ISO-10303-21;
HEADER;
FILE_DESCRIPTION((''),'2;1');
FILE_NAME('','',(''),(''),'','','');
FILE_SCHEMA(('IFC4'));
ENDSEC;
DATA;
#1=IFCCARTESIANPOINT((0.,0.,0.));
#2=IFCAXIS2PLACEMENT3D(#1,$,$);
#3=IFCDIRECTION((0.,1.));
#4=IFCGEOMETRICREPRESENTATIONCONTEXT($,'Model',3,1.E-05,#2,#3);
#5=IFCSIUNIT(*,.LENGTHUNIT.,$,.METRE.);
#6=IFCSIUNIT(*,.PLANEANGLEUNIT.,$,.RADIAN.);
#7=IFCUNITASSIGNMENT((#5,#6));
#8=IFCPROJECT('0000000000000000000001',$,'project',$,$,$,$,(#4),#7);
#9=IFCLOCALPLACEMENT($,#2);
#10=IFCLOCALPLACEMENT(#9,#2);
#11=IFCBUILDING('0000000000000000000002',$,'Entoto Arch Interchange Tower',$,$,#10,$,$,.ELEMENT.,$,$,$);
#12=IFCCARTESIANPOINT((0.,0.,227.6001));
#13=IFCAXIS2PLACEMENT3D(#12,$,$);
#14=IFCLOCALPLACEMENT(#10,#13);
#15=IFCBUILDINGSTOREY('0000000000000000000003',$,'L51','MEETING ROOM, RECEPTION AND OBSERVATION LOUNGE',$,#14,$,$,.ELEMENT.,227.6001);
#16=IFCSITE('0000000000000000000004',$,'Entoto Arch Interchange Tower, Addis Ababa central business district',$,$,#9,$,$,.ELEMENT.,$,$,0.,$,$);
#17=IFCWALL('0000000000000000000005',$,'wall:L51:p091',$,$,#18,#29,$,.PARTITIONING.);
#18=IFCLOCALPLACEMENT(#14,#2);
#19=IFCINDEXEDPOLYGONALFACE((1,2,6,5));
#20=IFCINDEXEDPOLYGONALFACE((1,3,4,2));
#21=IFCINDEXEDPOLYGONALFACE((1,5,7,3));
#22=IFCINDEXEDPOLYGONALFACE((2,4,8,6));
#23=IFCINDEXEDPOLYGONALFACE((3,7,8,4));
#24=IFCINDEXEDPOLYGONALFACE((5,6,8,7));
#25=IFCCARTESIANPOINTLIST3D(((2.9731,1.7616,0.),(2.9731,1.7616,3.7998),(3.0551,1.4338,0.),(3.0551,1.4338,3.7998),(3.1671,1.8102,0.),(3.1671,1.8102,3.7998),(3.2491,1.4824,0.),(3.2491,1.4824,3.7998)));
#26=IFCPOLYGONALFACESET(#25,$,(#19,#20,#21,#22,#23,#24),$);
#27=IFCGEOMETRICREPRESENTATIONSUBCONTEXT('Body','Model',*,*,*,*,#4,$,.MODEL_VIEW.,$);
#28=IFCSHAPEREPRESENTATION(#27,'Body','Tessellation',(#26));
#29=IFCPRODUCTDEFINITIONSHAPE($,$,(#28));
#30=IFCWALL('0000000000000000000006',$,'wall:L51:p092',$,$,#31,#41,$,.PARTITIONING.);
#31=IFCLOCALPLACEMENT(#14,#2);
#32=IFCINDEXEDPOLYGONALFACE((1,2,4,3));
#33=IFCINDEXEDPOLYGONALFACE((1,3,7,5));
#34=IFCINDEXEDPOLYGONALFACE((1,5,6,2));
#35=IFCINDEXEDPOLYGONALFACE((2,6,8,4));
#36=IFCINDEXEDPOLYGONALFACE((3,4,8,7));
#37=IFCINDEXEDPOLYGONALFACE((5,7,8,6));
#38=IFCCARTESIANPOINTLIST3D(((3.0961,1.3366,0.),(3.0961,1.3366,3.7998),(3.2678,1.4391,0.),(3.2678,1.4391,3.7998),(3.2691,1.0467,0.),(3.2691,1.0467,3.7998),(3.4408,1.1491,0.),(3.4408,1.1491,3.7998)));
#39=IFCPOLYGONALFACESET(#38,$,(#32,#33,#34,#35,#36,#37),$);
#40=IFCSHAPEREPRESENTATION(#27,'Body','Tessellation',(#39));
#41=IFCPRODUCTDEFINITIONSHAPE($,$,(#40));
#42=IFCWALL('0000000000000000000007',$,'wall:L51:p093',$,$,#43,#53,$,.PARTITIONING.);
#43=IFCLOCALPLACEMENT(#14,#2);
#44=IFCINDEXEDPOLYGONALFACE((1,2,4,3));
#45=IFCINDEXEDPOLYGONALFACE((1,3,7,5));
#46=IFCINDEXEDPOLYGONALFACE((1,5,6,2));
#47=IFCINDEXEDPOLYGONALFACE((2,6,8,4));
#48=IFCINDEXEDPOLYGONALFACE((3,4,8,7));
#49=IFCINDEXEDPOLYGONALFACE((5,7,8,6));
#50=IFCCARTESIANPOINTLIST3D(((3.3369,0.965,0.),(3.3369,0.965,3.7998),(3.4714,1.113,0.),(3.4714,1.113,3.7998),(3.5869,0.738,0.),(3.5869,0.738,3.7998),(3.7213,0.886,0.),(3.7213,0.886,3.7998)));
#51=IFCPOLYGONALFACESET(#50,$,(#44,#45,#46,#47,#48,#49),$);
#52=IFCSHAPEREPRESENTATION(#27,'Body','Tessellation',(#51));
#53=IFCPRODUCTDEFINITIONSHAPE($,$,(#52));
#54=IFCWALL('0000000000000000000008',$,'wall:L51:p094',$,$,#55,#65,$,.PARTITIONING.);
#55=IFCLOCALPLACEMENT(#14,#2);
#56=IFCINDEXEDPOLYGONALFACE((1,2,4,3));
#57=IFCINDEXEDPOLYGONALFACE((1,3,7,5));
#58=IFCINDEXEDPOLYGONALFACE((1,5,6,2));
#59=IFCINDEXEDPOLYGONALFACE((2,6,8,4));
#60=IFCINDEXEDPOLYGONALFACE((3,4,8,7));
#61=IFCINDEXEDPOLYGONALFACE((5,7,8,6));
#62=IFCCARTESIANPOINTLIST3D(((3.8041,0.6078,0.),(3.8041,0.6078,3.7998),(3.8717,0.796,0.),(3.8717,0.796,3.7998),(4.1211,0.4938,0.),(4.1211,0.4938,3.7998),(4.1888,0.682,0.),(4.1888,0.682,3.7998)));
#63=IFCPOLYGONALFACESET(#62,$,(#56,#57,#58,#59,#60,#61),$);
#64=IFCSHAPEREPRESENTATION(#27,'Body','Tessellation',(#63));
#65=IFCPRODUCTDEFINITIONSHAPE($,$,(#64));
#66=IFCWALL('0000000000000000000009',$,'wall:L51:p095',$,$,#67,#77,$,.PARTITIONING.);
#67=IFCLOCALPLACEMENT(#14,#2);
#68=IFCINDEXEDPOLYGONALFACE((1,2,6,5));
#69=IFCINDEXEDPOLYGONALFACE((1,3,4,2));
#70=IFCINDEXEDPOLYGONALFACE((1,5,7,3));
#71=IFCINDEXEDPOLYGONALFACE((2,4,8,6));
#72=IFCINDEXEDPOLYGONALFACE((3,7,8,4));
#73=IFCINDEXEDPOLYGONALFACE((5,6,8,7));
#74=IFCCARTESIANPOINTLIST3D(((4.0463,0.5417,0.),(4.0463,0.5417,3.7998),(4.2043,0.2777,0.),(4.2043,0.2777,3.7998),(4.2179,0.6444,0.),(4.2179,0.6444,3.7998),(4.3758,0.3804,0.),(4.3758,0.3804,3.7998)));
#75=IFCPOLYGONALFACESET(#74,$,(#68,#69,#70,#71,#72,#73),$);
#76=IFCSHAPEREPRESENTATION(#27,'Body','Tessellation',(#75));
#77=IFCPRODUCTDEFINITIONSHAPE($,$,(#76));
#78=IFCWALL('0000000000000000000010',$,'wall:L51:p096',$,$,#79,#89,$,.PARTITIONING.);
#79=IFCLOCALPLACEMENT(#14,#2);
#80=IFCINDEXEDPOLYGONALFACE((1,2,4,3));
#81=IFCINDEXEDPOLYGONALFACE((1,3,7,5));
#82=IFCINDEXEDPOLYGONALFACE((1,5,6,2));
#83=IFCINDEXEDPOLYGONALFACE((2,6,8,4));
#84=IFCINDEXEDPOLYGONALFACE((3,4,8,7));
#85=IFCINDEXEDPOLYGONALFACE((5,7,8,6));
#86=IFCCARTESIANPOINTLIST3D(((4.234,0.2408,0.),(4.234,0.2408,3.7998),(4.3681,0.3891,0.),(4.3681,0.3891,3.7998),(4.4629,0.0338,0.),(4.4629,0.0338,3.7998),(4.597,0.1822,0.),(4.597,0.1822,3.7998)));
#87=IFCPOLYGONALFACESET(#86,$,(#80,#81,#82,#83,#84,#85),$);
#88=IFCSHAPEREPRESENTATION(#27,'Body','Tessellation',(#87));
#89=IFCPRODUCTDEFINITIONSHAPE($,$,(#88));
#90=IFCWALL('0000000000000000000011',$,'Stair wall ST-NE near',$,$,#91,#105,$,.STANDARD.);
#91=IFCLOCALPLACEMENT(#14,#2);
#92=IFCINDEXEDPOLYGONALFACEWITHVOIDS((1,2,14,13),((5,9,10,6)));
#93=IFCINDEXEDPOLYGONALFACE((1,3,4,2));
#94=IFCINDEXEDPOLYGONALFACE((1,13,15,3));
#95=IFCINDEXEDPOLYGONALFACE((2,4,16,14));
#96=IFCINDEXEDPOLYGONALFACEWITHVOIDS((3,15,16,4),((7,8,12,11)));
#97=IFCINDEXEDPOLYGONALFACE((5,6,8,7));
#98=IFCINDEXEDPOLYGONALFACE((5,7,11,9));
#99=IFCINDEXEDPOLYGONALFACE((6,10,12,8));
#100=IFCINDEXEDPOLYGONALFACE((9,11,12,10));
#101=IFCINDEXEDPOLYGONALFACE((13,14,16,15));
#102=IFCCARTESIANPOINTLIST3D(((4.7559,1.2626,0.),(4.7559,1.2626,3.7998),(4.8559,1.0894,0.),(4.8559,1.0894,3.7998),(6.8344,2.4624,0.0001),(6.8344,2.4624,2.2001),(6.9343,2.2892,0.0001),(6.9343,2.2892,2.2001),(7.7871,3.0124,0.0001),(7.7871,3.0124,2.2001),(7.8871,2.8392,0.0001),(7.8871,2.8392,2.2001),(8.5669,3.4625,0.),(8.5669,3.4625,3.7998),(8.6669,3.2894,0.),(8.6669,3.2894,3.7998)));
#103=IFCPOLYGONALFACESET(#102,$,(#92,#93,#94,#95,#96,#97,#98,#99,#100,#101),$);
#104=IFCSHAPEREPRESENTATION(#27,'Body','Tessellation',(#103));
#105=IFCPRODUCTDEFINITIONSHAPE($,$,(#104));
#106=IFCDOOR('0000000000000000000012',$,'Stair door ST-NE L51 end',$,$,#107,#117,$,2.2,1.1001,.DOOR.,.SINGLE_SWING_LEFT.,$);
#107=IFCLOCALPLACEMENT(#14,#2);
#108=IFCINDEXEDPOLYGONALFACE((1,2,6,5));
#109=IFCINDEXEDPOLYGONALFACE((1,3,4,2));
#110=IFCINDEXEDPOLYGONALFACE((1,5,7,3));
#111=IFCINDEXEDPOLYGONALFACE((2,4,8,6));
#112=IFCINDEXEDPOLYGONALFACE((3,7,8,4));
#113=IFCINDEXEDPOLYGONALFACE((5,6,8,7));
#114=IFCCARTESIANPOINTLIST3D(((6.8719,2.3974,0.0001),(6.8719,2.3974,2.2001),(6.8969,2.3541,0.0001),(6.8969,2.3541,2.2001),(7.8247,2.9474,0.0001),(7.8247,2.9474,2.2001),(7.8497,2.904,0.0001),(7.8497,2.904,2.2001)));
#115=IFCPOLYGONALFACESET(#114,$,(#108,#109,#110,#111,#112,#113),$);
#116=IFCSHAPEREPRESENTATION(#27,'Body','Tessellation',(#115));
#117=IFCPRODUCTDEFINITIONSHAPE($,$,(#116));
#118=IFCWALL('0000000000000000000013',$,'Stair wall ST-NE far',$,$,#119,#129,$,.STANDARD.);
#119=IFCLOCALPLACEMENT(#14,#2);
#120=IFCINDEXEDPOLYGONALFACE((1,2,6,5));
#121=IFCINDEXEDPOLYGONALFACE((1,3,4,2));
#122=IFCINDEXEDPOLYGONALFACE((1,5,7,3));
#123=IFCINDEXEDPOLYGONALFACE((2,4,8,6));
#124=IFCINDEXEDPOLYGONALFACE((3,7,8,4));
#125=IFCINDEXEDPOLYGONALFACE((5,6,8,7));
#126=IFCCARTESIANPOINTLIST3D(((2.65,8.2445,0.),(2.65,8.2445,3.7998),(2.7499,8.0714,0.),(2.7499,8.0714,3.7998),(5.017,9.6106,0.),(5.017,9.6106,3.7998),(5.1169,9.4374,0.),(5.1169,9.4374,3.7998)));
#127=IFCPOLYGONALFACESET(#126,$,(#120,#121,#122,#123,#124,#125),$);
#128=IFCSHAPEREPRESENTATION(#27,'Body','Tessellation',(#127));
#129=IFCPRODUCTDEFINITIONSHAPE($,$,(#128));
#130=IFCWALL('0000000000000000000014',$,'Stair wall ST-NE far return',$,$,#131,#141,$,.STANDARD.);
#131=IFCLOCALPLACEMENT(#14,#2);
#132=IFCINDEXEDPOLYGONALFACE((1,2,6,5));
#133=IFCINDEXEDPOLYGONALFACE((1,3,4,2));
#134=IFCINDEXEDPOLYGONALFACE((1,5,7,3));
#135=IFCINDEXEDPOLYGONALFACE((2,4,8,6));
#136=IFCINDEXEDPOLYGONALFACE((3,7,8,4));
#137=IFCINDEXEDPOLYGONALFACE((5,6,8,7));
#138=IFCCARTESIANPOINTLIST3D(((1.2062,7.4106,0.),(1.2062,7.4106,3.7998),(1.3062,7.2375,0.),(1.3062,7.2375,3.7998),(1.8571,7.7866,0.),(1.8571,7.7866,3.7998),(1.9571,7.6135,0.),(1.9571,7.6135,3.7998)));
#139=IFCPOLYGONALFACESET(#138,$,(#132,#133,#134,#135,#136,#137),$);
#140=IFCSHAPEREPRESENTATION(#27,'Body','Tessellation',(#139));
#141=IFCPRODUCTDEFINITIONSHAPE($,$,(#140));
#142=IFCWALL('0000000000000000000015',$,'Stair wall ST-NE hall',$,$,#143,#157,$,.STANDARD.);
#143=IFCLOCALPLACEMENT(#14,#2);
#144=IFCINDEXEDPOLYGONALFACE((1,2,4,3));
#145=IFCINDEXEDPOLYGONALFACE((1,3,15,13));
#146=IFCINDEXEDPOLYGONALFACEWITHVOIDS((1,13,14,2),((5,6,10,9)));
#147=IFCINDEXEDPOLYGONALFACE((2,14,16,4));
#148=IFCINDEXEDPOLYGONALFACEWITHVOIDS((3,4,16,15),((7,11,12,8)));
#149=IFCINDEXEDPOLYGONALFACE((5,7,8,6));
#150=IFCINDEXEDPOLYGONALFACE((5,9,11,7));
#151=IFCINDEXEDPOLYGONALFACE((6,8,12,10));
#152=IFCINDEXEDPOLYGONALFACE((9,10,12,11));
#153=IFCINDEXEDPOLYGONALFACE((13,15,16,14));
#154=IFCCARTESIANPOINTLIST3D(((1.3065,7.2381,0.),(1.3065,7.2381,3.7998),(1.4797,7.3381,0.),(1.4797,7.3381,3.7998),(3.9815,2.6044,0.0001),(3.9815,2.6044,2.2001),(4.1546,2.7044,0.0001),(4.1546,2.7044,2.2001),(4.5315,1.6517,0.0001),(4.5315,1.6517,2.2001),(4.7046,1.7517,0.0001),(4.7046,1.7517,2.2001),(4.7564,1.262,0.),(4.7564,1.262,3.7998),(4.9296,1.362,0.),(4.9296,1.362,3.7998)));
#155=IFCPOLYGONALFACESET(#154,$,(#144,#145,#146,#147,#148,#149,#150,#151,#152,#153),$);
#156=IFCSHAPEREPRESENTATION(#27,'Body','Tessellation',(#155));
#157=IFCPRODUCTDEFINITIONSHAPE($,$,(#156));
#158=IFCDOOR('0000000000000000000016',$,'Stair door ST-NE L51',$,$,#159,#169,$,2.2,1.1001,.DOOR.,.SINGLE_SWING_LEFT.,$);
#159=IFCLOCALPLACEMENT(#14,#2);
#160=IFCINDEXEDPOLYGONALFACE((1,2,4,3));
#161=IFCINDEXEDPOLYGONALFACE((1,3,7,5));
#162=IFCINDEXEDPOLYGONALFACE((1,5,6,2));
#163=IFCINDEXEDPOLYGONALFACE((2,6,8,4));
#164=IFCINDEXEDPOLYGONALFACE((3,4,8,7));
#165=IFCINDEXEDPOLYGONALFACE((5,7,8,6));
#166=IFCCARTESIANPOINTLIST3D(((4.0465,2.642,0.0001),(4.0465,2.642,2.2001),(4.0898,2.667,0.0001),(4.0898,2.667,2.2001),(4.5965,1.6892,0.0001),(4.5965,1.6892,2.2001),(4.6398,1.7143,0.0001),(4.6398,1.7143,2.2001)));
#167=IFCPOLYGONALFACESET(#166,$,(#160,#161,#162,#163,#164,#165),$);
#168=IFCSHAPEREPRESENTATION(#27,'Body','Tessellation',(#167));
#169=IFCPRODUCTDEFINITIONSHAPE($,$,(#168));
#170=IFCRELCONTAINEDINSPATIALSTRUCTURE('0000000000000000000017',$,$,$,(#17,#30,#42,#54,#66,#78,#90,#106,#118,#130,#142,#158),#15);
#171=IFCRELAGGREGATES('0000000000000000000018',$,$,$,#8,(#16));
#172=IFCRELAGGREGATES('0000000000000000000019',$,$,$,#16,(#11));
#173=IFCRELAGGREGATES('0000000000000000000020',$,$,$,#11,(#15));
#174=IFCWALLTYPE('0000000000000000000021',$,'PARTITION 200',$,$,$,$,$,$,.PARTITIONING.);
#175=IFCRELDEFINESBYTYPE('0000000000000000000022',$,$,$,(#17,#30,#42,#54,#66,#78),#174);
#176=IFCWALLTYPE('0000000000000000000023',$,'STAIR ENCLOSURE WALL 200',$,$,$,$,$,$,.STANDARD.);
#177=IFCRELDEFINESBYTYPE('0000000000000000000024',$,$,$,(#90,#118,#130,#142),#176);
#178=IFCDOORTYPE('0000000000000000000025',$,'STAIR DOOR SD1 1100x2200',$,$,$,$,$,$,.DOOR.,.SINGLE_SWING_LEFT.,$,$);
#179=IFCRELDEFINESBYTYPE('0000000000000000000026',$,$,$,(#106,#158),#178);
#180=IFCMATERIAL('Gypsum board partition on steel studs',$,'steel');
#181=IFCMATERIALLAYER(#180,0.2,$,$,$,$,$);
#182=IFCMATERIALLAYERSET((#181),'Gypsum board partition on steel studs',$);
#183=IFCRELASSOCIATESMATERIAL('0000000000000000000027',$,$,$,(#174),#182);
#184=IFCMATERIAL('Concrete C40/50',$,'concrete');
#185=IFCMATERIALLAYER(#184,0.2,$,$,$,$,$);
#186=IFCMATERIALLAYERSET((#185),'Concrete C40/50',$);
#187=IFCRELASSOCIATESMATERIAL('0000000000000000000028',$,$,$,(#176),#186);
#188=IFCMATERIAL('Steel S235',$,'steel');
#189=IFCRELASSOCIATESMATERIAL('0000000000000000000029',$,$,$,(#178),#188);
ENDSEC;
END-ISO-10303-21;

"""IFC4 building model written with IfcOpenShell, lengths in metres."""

from ifc_helpers import new_model, si_unit, direction, frame, frame_2d, origin, place, context, subcontext, project, spatial, rectangle, extrude, material, layer, layer_set, type_object, element, fill, save


model = new_model("IFC4")

# Units and contexts
model_context = context("Model", 3, precision=1e-05, world=origin(), true_north=direction((0.0, 1.0)))
body_context = subcontext(model_context, "Body", "Model", "MODEL_VIEW")
ifc_project = project(units=[si_unit("LENGTHUNIT", "METRE"), si_unit("PLANEANGLEUNIT", "RADIAN")], contexts=[model_context])

# Site, building, storey
site_placement = place(None, origin())
site = spatial("IfcSite", under=ifc_project, at=site_placement, Name="Entoto Arch Interchange Tower, Addis Ababa central business district", CompositionType="ELEMENT", RefElevation=0.0)
building_placement = place(site_placement, origin())
building = spatial("IfcBuilding", under=site, at=building_placement, Name="Entoto Arch Interchange Tower", CompositionType="ELEMENT")
storey_placement = place(building_placement, frame((0.0, 0.0, 227.6001)))
storey = spatial("IfcBuildingStorey", under=building, at=storey_placement, Name="L51", Description="MEETING ROOM, RECEPTION AND OBSERVATION LOUNGE", CompositionType="ELEMENT", Elevation=227.6001)

# Shared definitions
ifc_material_1 = material(Name="Concrete C40/50", Category="concrete")

# Shared definitions
ifc_material_2 = material(Name="Gypsum board partition on steel studs", Category="steel")
ifc_layer_1 = layer(ifc_material_2, 0.2)
ifc_layer_set_1 = layer_set([ifc_layer_1], Name="Gypsum board partition on steel studs")
wall_type_1 = type_object("IfcWallType", Name="PARTITION 200", PredefinedType="PARTITIONING", material=ifc_layer_set_1)

# Walls
wall_1_placement = place(storey_placement, frame((3.0701, 1.7859, 0.0), z_axis=(0.0, 0.0, 1.0), x_axis=(0.242706, -0.9701, 0.0)))
element("IfcWall", 1, at=wall_1_placement, inside=storey, type_object=wall_type_1, Name="wall:L51:p091", PredefinedType="PARTITIONING", context=body_context, shape_type="SweptSolid", body=[
    extrude(rectangle(XDim=0.3379, YDim=0.2, at=frame_2d((0.1689, 0.0))), origin(), (0.0, 0.0, 1.0), 3.7998),
])
for number, where, z_axis, x_axis, name in (
    (2, (3.1819, 1.3879, 0.0), (0.0, 0.0, 1.0), (0.512475, -0.858702, 0.0), "wall:L51:p092"),
    (3, (3.4041, 1.0391, 0.0), (0.0, 0.0, 1.0), (0.740267, -0.672313, 0.0), "wall:L51:p093"),
):
    element("IfcWall", number, at=place(storey_placement, frame(where, z_axis=z_axis, x_axis=x_axis)), inside=storey, type_object=wall_type_1, Name=name, PredefinedType="PARTITIONING", context=body_context, shape_type="SweptSolid", body=[
        extrude(rectangle(XDim=0.3376, YDim=0.2, at=frame_2d((0.1689, 0.0))), origin(), (0.0, 0.0, 1.0), 3.7998),
    ])
wall_2_placement = place(storey_placement, frame((3.8379, 0.7019, 0.0), z_axis=(0.0, 0.0, 1.0), x_axis=(0.941035, -0.338309, 0.0)))
element("IfcWall", 4, at=wall_2_placement, inside=storey, type_object=wall_type_1, Name="wall:L51:p094", PredefinedType="PARTITIONING", context=body_context, shape_type="SweptSolid", body=[
    extrude(rectangle(XDim=0.3369, YDim=0.2, at=frame_2d((0.1685, 0.0))), origin(), (0.0, 0.0, 1.0), 3.7998),
])
wall_3_placement = place(storey_placement, frame((4.1321, 0.593, 0.0), z_axis=(0.0, 0.0, 1.0), x_axis=(0.513562, -0.858053, 0.0)))
element("IfcWall", 5, at=wall_3_placement, inside=storey, type_object=wall_type_1, Name="wall:L51:p095", PredefinedType="PARTITIONING", context=body_context, shape_type="SweptSolid", body=[
    extrude(rectangle(XDim=0.3076, YDim=0.2, at=frame_2d((0.1538, 0.0))), origin(), (0.0, 0.0, 1.0), 3.7998),
])
wall_4_placement = place(storey_placement, frame((4.301, 0.3149, 0.0), z_axis=(0.0, 0.0, 1.0), x_axis=(0.741798, -0.670623, 0.0)))
element("IfcWall", 6, at=wall_4_placement, inside=storey, type_object=wall_type_1, Name="wall:L51:p096", PredefinedType="PARTITIONING", context=body_context, shape_type="SweptSolid", body=[
    extrude(rectangle(XDim=0.3086, YDim=0.2, at=frame_2d((0.1543, 0.0))), origin(), (0.0, 0.0, 1.0), 3.7998),
])

# Wall, opening, door
ifc_layer_2 = layer(ifc_material_1, 0.2)
ifc_layer_set_2 = layer_set([ifc_layer_2], Name="Concrete C40/50")
wall_type_2 = type_object("IfcWallType", Name="STAIR ENCLOSURE WALL 200", PredefinedType="STANDARD", material=ifc_layer_set_2)
wall_5_placement = place(storey_placement, frame((4.8059, 1.176, 0.0), z_axis=(0.0, 0.0, 1.0), x_axis=(0.86606, 0.49994, 0.0)))
wall_5 = element("IfcWall", 7, at=wall_5_placement, inside=storey, type_object=wall_type_2, Name="Stair wall ST-NE near", PredefinedType="STANDARD", context=body_context, shape_type="SweptSolid", body=[
    extrude(rectangle(XDim=4.4004, YDim=0.2, at=frame_2d((2.2002, 0.0))), origin(), (0.0, 0.0, 1.0), 3.7998),
])
opening_1_placement = place(wall_5_placement, frame((2.3999, 0.0, 0.0)))
opening_1 = element("IfcOpeningElement", 8, at=opening_1_placement, cuts=wall_5, PredefinedType="OPENING", context=body_context, shape_type="SweptSolid", body=[
    extrude(rectangle(XDim=1.1001, YDim=2.2, at=frame_2d((0.55, 1.1001))), frame((0.0, 0.1099, 0.0), z_axis=(0.0, -1.0, 0.0), x_axis=(1.0, 0.0, 0.0)), (0.0, 0.0, 1.0), 0.22),
])
ifc_material_3 = material(Name="Steel S235", Category="steel")
door_type_1 = type_object("IfcDoorType", Name="STAIR DOOR SD1 1100x2200", OperationType="SINGLE_SWING_LEFT", PredefinedType="DOOR", material=ifc_material_3)
door_1_placement = place(opening_1_placement, origin())
door_1 = element("IfcDoor", 9, at=door_1_placement, inside=storey, type_object=door_type_1, Name="Stair door ST-NE L51 end", OperationType="SINGLE_SWING_LEFT", OverallHeight=2.2, OverallWidth=1.1001, PredefinedType="DOOR", context=body_context, shape_type="SweptSolid", body=[
    extrude(rectangle(XDim=1.1001, YDim=2.2, at=frame_2d((0.55, 1.1001))), frame((0.0, 0.0249, 0.0), z_axis=(0.0, -1.0, 0.0), x_axis=(1.0, 0.0, 0.0)), (0.0, 0.0, 1.0), 0.05),
])
fill(opening_1, door_1)

# Walls
wall_6_placement = place(storey_placement, frame((2.7, 8.158, 0.0), z_axis=(0.0, 0.0, 1.0), x_axis=(0.866119, 0.499838, 0.0)))
element("IfcWall", 10, at=wall_6_placement, inside=storey, type_object=wall_type_2, Name="Stair wall ST-NE far", PredefinedType="STANDARD", context=body_context, shape_type="SweptSolid", body=[
    extrude(rectangle(XDim=2.7329, YDim=0.2, at=frame_2d((1.3665, 0.0))), origin(), (0.0, 0.0, 1.0), 3.7998),
])
wall_7_placement = place(storey_placement, frame((1.2561, 7.324, 0.0), z_axis=(0.0, 0.0, 1.0), x_axis=(0.865915, 0.500191, 0.0)))
element("IfcWall", 11, at=wall_7_placement, inside=storey, type_object=wall_type_2, Name="Stair wall ST-NE far return", PredefinedType="STANDARD", context=body_context, shape_type="SweptSolid", body=[
    extrude(rectangle(XDim=0.7517, YDim=0.2, at=frame_2d((0.376, 0.0))), origin(), (0.0, 0.0, 1.0), 3.7998),
])

# Wall, opening, door
wall_8_placement = place(storey_placement, frame((4.843, 1.312, 0.0), z_axis=(0.0, 0.0, 1.0), x_axis=(-0.499963, 0.866047, 0.0)))
wall_8 = element("IfcWall", 12, at=wall_8_placement, inside=storey, type_object=wall_type_2, Name="Stair wall ST-NE hall", PredefinedType="STANDARD", context=body_context, shape_type="SweptSolid", body=[
    extrude(rectangle(XDim=6.9004, YDim=0.2, at=frame_2d((3.4502, 0.0))), origin(), (0.0, 0.0, 1.0), 3.7998),
])
opening_2_placement = place(wall_8_placement, frame((0.45, 0.0, 0.0)))
opening_2 = element("IfcOpeningElement", 13, at=opening_2_placement, cuts=wall_8, PredefinedType="OPENING", context=body_context, shape_type="SweptSolid", body=[
    extrude(rectangle(XDim=1.1001, YDim=2.2, at=frame_2d((0.55, 1.1001))), frame((0.0, 0.1099, 0.0), z_axis=(0.0, -1.0, 0.0), x_axis=(1.0, 0.0, 0.0)), (0.0, 0.0, 1.0), 0.22),
])
door_2_placement = place(opening_2_placement, origin())
door_2 = element("IfcDoor", 14, at=door_2_placement, inside=storey, type_object=door_type_1, Name="Stair door ST-NE L51", OperationType="SINGLE_SWING_LEFT", OverallHeight=2.2, OverallWidth=1.1001, PredefinedType="DOOR", context=body_context, shape_type="SweptSolid", body=[
    extrude(rectangle(XDim=1.1001, YDim=2.2, at=frame_2d((0.55, 1.1001))), frame((0.0, 0.0249, 0.0), z_axis=(0.0, -1.0, 0.0), x_axis=(1.0, 0.0, 0.0)), (0.0, 0.0, 1.0), 0.05),
])
fill(opening_2, door_2)

save(model, "model.ifc")
